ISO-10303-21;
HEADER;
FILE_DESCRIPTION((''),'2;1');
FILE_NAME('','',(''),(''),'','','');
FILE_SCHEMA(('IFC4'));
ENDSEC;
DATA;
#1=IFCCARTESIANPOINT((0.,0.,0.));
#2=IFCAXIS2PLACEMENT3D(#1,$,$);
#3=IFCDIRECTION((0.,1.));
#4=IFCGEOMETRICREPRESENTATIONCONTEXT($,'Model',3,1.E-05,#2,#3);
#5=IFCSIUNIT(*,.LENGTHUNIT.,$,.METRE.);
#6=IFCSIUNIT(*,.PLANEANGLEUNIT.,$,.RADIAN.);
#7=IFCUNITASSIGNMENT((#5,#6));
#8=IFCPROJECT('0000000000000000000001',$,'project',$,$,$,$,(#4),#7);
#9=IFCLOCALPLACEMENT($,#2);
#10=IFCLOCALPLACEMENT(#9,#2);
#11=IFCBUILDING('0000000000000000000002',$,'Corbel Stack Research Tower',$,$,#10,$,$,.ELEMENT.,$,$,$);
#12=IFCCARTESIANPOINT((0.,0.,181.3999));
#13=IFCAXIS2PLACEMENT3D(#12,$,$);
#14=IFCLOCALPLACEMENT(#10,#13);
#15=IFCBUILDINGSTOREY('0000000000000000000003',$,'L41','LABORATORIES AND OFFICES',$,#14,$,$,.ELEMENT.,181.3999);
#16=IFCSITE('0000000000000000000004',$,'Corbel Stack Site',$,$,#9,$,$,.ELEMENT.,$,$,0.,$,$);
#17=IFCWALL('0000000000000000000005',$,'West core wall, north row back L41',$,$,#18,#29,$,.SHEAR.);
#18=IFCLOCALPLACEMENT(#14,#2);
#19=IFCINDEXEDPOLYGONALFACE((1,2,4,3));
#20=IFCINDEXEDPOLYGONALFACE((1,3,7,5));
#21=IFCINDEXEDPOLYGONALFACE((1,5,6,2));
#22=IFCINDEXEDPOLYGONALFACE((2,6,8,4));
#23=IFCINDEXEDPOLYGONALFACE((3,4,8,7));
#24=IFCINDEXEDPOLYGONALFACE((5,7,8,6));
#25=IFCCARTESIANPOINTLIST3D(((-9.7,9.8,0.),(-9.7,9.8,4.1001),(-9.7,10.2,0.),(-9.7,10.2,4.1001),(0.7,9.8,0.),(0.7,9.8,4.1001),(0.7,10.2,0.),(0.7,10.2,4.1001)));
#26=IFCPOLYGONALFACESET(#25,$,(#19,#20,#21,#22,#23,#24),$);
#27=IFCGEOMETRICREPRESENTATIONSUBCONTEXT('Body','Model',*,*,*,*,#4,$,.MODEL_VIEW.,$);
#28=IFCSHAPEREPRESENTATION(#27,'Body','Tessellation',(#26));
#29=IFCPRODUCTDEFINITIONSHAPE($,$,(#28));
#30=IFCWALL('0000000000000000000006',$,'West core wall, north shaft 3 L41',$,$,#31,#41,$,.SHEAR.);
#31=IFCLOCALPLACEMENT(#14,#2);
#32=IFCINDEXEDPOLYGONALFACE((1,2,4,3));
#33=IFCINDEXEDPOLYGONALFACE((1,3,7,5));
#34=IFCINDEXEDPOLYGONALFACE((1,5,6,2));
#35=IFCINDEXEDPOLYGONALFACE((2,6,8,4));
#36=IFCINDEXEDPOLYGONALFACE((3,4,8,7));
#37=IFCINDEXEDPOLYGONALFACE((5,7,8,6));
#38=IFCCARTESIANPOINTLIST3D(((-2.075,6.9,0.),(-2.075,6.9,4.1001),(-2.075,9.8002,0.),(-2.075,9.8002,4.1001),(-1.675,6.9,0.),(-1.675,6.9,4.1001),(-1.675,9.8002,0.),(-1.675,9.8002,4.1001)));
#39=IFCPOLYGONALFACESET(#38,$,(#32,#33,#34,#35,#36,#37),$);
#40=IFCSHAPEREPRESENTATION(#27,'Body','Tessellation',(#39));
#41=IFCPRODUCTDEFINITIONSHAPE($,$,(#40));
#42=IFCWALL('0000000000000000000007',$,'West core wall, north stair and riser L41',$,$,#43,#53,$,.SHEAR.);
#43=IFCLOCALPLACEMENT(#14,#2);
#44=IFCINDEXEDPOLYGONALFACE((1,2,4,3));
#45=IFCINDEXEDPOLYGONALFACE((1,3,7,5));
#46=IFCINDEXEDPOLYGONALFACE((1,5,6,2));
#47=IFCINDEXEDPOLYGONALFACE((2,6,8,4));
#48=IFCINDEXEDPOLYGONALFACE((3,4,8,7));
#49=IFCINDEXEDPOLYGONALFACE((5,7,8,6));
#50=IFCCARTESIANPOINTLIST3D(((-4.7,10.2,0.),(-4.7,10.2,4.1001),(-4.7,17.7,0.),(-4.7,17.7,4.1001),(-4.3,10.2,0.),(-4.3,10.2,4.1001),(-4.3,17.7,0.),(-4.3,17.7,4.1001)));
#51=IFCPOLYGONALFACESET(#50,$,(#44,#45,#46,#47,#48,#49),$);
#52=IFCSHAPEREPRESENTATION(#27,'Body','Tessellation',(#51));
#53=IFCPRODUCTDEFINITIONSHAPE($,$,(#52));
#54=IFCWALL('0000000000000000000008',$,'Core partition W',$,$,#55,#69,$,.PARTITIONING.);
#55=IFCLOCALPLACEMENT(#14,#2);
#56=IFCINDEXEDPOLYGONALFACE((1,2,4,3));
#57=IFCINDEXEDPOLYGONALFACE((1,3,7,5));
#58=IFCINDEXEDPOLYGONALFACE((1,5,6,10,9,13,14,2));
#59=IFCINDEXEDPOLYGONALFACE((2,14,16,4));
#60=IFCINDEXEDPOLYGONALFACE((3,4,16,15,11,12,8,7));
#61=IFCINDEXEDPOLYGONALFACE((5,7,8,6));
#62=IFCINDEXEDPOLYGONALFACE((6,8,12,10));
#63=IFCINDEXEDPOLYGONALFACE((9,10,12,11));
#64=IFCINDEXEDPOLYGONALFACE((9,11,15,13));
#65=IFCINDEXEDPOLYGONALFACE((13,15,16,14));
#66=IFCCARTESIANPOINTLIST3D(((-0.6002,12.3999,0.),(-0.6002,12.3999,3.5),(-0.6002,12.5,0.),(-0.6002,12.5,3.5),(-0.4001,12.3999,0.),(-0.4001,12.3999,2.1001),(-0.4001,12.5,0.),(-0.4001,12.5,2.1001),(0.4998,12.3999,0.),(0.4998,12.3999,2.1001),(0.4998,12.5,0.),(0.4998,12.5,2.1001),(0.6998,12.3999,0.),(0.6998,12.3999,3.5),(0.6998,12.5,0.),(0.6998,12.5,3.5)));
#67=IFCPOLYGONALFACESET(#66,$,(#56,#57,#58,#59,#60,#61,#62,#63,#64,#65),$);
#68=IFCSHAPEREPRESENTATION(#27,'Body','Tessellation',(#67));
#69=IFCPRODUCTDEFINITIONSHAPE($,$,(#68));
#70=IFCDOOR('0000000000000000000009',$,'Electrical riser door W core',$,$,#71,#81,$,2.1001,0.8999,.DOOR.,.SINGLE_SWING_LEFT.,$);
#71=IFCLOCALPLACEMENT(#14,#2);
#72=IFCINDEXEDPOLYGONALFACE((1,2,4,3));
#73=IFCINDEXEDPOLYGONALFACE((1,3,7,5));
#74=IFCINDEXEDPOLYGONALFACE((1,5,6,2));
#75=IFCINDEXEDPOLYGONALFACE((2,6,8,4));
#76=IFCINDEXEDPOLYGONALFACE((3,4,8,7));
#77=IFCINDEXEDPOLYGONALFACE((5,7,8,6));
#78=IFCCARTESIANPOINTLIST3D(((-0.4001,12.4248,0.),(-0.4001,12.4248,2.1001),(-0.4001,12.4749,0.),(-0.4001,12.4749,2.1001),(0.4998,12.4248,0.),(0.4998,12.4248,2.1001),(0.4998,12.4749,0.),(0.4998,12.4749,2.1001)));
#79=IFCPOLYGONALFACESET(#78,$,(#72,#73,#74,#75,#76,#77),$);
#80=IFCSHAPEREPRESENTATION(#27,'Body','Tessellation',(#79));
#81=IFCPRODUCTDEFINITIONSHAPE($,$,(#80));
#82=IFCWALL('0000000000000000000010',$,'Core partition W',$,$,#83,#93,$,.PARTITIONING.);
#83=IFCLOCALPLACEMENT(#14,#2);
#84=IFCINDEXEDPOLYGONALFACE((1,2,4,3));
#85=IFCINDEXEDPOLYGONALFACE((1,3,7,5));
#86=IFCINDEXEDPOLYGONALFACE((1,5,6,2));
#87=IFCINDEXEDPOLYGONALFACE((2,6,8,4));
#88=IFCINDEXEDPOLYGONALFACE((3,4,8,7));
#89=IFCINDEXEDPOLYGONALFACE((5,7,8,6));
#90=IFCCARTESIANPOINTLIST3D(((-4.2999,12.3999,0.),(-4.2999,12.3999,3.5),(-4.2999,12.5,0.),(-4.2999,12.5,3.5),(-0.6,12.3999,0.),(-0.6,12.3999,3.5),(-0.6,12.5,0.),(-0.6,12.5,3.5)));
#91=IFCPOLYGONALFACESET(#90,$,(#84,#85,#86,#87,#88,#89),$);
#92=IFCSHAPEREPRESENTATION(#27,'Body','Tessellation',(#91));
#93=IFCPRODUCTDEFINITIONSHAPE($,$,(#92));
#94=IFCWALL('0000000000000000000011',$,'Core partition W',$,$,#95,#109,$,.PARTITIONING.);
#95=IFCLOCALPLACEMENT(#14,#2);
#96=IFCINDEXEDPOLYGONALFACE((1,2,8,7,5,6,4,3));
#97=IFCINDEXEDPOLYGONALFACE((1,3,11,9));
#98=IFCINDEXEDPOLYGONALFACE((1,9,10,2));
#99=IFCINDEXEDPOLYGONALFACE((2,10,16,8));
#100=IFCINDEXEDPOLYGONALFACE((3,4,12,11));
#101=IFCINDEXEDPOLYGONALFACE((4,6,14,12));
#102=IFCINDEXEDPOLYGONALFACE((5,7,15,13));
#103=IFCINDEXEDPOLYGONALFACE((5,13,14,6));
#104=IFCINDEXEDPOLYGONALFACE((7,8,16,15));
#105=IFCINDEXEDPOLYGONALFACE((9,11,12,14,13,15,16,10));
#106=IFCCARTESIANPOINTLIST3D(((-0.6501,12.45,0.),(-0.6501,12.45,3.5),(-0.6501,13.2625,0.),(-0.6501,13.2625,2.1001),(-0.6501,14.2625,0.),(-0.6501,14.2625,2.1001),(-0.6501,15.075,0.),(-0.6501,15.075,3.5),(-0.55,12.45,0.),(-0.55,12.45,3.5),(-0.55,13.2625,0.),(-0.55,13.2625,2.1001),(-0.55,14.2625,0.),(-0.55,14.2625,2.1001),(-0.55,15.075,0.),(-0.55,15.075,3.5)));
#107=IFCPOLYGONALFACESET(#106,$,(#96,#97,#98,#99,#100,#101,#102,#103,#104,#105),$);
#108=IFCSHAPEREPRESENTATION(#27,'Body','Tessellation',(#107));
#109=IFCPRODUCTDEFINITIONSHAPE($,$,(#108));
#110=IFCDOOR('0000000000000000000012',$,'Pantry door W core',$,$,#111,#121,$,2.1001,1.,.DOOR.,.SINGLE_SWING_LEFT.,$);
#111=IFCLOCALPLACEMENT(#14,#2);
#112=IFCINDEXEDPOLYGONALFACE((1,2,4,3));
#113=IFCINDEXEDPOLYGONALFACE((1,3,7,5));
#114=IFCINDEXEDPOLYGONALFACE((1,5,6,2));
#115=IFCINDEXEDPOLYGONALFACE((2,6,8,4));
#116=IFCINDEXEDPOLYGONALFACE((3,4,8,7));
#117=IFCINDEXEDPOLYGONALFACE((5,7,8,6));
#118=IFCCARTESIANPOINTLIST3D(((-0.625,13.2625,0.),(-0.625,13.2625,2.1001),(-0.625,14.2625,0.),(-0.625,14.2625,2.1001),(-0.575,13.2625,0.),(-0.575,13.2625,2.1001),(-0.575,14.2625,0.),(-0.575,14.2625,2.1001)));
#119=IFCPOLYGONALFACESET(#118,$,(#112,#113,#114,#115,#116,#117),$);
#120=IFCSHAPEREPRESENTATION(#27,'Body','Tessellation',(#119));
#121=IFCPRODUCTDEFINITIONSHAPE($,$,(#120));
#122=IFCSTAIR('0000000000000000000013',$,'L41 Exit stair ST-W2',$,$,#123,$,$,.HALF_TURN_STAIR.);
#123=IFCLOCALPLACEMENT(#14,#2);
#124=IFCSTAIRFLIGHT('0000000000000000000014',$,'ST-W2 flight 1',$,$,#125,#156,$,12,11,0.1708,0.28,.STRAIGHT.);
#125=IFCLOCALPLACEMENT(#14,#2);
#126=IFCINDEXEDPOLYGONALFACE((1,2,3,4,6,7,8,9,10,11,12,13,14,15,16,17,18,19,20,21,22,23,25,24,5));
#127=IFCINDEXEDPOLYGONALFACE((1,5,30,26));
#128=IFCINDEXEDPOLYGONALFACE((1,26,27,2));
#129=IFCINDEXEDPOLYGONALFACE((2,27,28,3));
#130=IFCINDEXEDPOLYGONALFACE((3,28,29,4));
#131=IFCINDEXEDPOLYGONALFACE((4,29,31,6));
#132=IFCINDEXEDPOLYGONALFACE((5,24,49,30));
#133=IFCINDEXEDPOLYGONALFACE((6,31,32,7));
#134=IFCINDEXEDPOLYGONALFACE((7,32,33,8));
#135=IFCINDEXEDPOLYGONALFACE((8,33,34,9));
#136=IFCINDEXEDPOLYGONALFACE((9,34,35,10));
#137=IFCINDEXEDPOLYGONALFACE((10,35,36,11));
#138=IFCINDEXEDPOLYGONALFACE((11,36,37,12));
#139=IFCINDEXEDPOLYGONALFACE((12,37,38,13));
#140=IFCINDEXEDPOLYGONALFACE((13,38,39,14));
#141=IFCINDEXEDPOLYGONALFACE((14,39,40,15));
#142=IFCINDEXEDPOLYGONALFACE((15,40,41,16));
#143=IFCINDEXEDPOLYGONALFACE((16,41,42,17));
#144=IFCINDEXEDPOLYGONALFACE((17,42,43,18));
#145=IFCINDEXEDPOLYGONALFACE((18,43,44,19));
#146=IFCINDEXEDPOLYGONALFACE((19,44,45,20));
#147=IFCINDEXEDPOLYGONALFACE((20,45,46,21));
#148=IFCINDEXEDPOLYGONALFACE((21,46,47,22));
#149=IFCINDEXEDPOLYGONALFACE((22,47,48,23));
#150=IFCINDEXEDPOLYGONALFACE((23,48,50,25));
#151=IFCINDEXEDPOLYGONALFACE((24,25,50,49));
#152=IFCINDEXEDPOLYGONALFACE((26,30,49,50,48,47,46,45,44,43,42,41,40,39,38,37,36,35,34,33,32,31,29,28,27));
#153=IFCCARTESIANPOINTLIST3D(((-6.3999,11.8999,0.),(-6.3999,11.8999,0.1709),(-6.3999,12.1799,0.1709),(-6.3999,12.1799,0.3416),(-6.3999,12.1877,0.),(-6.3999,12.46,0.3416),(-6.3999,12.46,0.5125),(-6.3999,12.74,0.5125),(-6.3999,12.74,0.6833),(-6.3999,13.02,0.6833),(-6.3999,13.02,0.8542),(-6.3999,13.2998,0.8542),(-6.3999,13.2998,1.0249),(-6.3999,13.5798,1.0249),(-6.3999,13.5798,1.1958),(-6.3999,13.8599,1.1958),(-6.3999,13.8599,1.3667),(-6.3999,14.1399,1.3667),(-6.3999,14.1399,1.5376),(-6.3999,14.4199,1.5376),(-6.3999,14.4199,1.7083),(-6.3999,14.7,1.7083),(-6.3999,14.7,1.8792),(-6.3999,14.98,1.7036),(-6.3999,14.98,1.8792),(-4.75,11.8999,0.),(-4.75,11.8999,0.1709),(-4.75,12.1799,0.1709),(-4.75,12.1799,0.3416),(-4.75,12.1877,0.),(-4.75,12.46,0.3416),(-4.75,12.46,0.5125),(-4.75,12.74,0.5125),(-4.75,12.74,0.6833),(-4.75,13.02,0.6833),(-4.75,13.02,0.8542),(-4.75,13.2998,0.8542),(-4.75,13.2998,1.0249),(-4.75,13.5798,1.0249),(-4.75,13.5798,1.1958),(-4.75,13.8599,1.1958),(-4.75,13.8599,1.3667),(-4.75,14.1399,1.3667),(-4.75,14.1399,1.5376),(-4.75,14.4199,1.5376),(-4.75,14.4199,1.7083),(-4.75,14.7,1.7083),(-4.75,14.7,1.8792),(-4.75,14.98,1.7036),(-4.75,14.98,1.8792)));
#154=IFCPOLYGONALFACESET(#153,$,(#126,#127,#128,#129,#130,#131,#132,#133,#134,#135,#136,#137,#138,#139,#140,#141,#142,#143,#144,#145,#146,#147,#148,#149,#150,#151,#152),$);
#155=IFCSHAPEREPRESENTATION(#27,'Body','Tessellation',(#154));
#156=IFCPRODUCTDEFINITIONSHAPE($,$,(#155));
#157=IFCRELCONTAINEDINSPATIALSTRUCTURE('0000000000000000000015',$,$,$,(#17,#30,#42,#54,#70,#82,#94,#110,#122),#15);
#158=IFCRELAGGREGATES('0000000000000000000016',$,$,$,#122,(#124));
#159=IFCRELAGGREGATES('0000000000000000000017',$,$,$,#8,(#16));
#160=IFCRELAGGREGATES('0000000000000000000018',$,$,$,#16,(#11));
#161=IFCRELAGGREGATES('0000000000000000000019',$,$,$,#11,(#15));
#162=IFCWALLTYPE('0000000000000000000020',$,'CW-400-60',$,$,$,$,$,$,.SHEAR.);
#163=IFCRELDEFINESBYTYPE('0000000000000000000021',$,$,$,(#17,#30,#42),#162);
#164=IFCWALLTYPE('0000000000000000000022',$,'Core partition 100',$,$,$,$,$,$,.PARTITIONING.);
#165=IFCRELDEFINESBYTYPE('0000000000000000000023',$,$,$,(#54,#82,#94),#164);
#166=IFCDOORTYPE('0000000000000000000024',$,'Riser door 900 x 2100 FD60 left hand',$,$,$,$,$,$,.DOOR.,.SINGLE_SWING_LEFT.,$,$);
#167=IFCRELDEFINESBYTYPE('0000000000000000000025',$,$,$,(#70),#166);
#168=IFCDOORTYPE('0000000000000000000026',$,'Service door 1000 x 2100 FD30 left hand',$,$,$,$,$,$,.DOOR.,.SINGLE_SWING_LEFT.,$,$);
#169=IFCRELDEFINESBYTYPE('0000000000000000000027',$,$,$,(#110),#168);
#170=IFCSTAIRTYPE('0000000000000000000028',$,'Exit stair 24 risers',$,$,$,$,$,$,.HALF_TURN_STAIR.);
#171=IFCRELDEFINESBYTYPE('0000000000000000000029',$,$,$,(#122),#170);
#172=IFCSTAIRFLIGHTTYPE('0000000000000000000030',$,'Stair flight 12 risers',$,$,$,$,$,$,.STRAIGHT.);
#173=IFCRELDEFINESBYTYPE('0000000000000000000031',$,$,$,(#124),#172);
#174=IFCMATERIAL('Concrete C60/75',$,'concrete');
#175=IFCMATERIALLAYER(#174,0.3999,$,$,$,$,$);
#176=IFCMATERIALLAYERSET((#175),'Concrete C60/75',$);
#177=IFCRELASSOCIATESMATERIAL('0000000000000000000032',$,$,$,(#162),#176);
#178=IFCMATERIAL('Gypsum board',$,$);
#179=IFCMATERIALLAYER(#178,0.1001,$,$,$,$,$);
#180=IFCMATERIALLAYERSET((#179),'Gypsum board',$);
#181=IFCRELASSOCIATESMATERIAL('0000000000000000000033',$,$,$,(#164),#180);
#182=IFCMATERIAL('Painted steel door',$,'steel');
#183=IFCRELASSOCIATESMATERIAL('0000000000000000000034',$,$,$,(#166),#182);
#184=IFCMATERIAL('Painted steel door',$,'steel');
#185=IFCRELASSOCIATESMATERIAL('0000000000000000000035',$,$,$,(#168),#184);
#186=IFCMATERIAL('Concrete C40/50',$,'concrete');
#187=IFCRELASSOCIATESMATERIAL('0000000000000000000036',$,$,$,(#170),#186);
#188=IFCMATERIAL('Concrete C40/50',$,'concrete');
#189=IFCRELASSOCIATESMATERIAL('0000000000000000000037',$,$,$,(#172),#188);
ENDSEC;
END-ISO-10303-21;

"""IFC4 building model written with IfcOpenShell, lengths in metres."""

from ifc_helpers import new_model, si_unit, direction, frame, frame_2d, origin, place, context, subcontext, project, spatial, polyline, rectangle, outline, extrude, material, layer, layer_set, type_object, element, fill, aggregate, save


model = new_model("IFC4")

# Units and contexts
model_context = context("Model", 3, precision=1e-05, world=origin(), true_north=direction((0.0, 1.0)))
body_context = subcontext(model_context, "Body", "Model", "MODEL_VIEW")
ifc_project = project(units=[si_unit("LENGTHUNIT", "METRE"), si_unit("PLANEANGLEUNIT", "RADIAN")], contexts=[model_context])

# Site, building, storey
site_placement = place(None, origin())
site = spatial("IfcSite", under=ifc_project, at=site_placement, Name="Corbel Stack Site", CompositionType="ELEMENT", RefElevation=0.0)
building_placement = place(site_placement, origin())
building = spatial("IfcBuilding", under=site, at=building_placement, Name="Corbel Stack Research Tower", CompositionType="ELEMENT")
storey_placement = place(building_placement, frame((0.0, 0.0, 181.3999)))
storey = spatial("IfcBuildingStorey", under=building, at=storey_placement, Name="L41", Description="LABORATORIES AND OFFICES", CompositionType="ELEMENT", Elevation=181.3999)

# Walls
ifc_material_1 = material(Name="Concrete C60/75", Category="concrete")
ifc_layer_1 = layer(ifc_material_1, 0.3999)
ifc_layer_set_1 = layer_set([ifc_layer_1], Name="Concrete C60/75")
wall_type_1 = type_object("IfcWallType", Name="CW-400-60", PredefinedType="SHEAR", material=ifc_layer_set_1)
wall_1_placement = place(storey_placement, frame((-9.7, 10.0, 0.0), z_axis=(0.0, 0.0, 1.0), x_axis=(1.0, 0.0, 0.0)))
element("IfcWall", 1, at=wall_1_placement, inside=storey, type_object=wall_type_1, Name="West core wall, north row back L41", PredefinedType="SHEAR", context=body_context, shape_type="SweptSolid", body=[
    extrude(rectangle(XDim=10.3999, YDim=0.3999, at=frame_2d((5.2, 0.0))), origin(), (0.0, 0.0, 1.0), 4.1001),
])
wall_2_placement = place(storey_placement, frame((-1.875, 6.8999, 0.0), z_axis=(0.0, 0.0, 1.0), x_axis=(0.0, 1.0, 0.0)))
element("IfcWall", 2, at=wall_2_placement, inside=storey, type_object=wall_type_1, Name="West core wall, north shaft 3 L41", PredefinedType="SHEAR", context=body_context, shape_type="SweptSolid", body=[
    extrude(rectangle(XDim=2.9001, YDim=0.3999, at=frame_2d((1.4502, 0.0))), origin(), (0.0, 0.0, 1.0), 4.1001),
])
wall_3_placement = place(storey_placement, frame((-4.5, 10.2, 0.0), z_axis=(0.0, 0.0, 1.0), x_axis=(0.0, 1.0, 0.0)))
element("IfcWall", 3, at=wall_3_placement, inside=storey, type_object=wall_type_1, Name="West core wall, north stair and riser L41", PredefinedType="SHEAR", context=body_context, shape_type="SweptSolid", body=[
    extrude(rectangle(XDim=7.5, YDim=0.3999, at=frame_2d((3.75, 0.0))), origin(), (0.0, 0.0, 1.0), 4.1001),
])

# Wall, opening, door
ifc_material_2 = material(Name="Gypsum board")
ifc_layer_2 = layer(ifc_material_2, 0.1001)
ifc_layer_set_2 = layer_set([ifc_layer_2], Name="Gypsum board")
wall_type_2 = type_object("IfcWallType", Name="Core partition 100", PredefinedType="PARTITIONING", material=ifc_layer_set_2)
wall_4_placement = place(storey_placement, frame((-0.6001, 12.45, 0.0), z_axis=(0.0, 0.0, 1.0), x_axis=(1.0, 0.0, 0.0)))
wall_4 = element("IfcWall", 4, at=wall_4_placement, inside=storey, type_object=wall_type_2, Name="Core partition W", PredefinedType="PARTITIONING", context=body_context, shape_type="SweptSolid", body=[
    extrude(rectangle(XDim=1.3, YDim=0.1001, at=frame_2d((0.6499, 0.0))), origin(), (0.0, 0.0, 1.0), 3.5),
])
opening_1_placement = place(wall_4_placement, frame((0.2, 0.0, 0.0)))
opening_1 = element("IfcOpeningElement", 5, at=opening_1_placement, cuts=wall_4, PredefinedType="OPENING", context=body_context, shape_type="SweptSolid", body=[
    extrude(rectangle(XDim=0.8999, YDim=2.1001, at=frame_2d((0.45, 1.05))), frame((0.0, 0.0601, 0.0), z_axis=(0.0, -1.0, 0.0), x_axis=(1.0, 0.0, 0.0)), (0.0, 0.0, 1.0), 0.1201),
])
ifc_material_3 = material(Name="Painted steel door", Category="steel")
door_type_1 = type_object("IfcDoorType", Name="Riser door 900 x 2100 FD60 left hand", OperationType="SINGLE_SWING_LEFT", PredefinedType="DOOR", material=ifc_material_3)
door_1_placement = place(opening_1_placement, origin())
door_1 = element("IfcDoor", 6, at=door_1_placement, inside=storey, type_object=door_type_1, Name="Electrical riser door W core", OperationType="SINGLE_SWING_LEFT", OverallHeight=2.1001, OverallWidth=0.8999, PredefinedType="DOOR", context=body_context, shape_type="SweptSolid", body=[
    extrude(rectangle(XDim=0.8999, YDim=2.1001, at=frame_2d((0.45, 1.05))), frame((0.0, 0.0249, 0.0), z_axis=(0.0, -1.0, 0.0), x_axis=(1.0, 0.0, 0.0)), (0.0, 0.0, 1.0), 0.05),
])
fill(opening_1, door_1)

# Wall
wall_5_placement = place(storey_placement, frame((-4.3, 12.45, 0.0), z_axis=(0.0, 0.0, 1.0), x_axis=(1.0, 0.0, 0.0)))
element("IfcWall", 7, at=wall_5_placement, inside=storey, type_object=wall_type_2, Name="Core partition W", PredefinedType="PARTITIONING", context=body_context, shape_type="SweptSolid", body=[
    extrude(rectangle(XDim=3.7, YDim=0.1001, at=frame_2d((1.8501, 0.0))), origin(), (0.0, 0.0, 1.0), 3.5),
])

# Wall, opening, door
wall_6_placement = place(storey_placement, frame((-0.6001, 12.45, 0.0), z_axis=(0.0, 0.0, 1.0), x_axis=(0.0, 1.0, 0.0)))
wall_6 = element("IfcWall", 8, at=wall_6_placement, inside=storey, type_object=wall_type_2, Name="Core partition W", PredefinedType="PARTITIONING", context=body_context, shape_type="SweptSolid", body=[
    extrude(rectangle(XDim=2.625, YDim=0.1001, at=frame_2d((1.3125, 0.0))), origin(), (0.0, 0.0, 1.0), 3.5),
])
opening_2_placement = place(wall_6_placement, frame((0.8125, 0.0, 0.0)))
opening_2 = element("IfcOpeningElement", 9, at=opening_2_placement, cuts=wall_6, PredefinedType="OPENING", context=body_context, shape_type="SweptSolid", body=[
    extrude(rectangle(XDim=1.0, YDim=2.1001, at=frame_2d((0.5, 1.05))), frame((0.0, 0.0601, 0.0), z_axis=(0.0, -1.0, 0.0), x_axis=(1.0, 0.0, 0.0)), (0.0, 0.0, 1.0), 0.1201),
])
ifc_material_4 = material(Name="Painted steel door", Category="steel")
door_type_2 = type_object("IfcDoorType", Name="Service door 1000 x 2100 FD30 left hand", OperationType="SINGLE_SWING_LEFT", PredefinedType="DOOR", material=ifc_material_4)
door_2_placement = place(opening_2_placement, origin())
door_2 = element("IfcDoor", 10, at=door_2_placement, inside=storey, type_object=door_type_2, Name="Pantry door W core", OperationType="SINGLE_SWING_LEFT", OverallHeight=2.1001, OverallWidth=1.0, PredefinedType="DOOR", context=body_context, shape_type="SweptSolid", body=[
    extrude(rectangle(XDim=1.0, YDim=2.1001, at=frame_2d((0.5, 1.05))), frame((0.0, 0.0249, 0.0), z_axis=(0.0, -1.0, 0.0), x_axis=(1.0, 0.0, 0.0)), (0.0, 0.0, 1.0), 0.05),
])
fill(opening_2, door_2)

# Stair, stair flight
ifc_material_5 = material(Name="Concrete C40/50", Category="concrete")
stair_type = type_object("IfcStairType", Name="Exit stair 24 risers", PredefinedType="HALF_TURN_STAIR", material=ifc_material_5)
stair_placement = place(storey_placement, origin())
stair = element("IfcStair", 11, at=stair_placement, inside=storey, type_object=stair_type, Name="L41 Exit stair ST-W2", PredefinedType="HALF_TURN_STAIR")
ifc_material_6 = material(Name="Concrete C40/50", Category="concrete")
stair_flight_type = type_object("IfcStairFlightType", Name="Stair flight 12 risers", PredefinedType="STRAIGHT", material=ifc_material_6)
stair_flight_placement = place(storey_placement, frame((-5.575, 11.8999, 0.0), z_axis=(0.0, 0.0, 1.0), x_axis=(0.0, 1.0, 0.0)))
stair_flight = element("IfcStairFlight", 12, at=stair_flight_placement, type_object=stair_flight_type, Name="ST-W2 flight 1", NumberOfRisers=12, NumberOfTreads=11, PredefinedType="STRAIGHT", RiserHeight=0.1708, TreadLength=0.28, context=body_context, shape_type="SweptSolid", body=[
    extrude(outline(polyline([(0.0, 0.0), (0.0, 0.1709), (0.28, 0.1709), (0.28, 0.3416), (0.5601, 0.3416), (0.5601, 0.5125), (0.8401, 0.5125), (0.8401, 0.6833), (1.1201, 0.6833), (1.1201, 0.8542), (1.3999, 0.8542), (1.3999, 1.0249), (1.6799, 1.0249), (1.6799, 1.1958), (1.96, 1.1958), (1.96, 1.3667), (2.24, 1.3667), (2.24, 1.5376), (2.52, 1.5376), (2.52, 1.7083), (2.8, 1.7083), (2.8, 1.8792), (3.0801, 1.8792), (3.0801, 2.05), (3.0801, 1.7036), (0.2878, 0.0), (0.0, 0.0)])), frame((0.0, 0.825, 0.0), z_axis=(0.0, -1.0, 0.0), x_axis=(1.0, 0.0, 0.0)), (0.0, 0.0, 1.0), 1.6499),
])
aggregate(stair, [stair_flight])

save(model, "model.ifc")
